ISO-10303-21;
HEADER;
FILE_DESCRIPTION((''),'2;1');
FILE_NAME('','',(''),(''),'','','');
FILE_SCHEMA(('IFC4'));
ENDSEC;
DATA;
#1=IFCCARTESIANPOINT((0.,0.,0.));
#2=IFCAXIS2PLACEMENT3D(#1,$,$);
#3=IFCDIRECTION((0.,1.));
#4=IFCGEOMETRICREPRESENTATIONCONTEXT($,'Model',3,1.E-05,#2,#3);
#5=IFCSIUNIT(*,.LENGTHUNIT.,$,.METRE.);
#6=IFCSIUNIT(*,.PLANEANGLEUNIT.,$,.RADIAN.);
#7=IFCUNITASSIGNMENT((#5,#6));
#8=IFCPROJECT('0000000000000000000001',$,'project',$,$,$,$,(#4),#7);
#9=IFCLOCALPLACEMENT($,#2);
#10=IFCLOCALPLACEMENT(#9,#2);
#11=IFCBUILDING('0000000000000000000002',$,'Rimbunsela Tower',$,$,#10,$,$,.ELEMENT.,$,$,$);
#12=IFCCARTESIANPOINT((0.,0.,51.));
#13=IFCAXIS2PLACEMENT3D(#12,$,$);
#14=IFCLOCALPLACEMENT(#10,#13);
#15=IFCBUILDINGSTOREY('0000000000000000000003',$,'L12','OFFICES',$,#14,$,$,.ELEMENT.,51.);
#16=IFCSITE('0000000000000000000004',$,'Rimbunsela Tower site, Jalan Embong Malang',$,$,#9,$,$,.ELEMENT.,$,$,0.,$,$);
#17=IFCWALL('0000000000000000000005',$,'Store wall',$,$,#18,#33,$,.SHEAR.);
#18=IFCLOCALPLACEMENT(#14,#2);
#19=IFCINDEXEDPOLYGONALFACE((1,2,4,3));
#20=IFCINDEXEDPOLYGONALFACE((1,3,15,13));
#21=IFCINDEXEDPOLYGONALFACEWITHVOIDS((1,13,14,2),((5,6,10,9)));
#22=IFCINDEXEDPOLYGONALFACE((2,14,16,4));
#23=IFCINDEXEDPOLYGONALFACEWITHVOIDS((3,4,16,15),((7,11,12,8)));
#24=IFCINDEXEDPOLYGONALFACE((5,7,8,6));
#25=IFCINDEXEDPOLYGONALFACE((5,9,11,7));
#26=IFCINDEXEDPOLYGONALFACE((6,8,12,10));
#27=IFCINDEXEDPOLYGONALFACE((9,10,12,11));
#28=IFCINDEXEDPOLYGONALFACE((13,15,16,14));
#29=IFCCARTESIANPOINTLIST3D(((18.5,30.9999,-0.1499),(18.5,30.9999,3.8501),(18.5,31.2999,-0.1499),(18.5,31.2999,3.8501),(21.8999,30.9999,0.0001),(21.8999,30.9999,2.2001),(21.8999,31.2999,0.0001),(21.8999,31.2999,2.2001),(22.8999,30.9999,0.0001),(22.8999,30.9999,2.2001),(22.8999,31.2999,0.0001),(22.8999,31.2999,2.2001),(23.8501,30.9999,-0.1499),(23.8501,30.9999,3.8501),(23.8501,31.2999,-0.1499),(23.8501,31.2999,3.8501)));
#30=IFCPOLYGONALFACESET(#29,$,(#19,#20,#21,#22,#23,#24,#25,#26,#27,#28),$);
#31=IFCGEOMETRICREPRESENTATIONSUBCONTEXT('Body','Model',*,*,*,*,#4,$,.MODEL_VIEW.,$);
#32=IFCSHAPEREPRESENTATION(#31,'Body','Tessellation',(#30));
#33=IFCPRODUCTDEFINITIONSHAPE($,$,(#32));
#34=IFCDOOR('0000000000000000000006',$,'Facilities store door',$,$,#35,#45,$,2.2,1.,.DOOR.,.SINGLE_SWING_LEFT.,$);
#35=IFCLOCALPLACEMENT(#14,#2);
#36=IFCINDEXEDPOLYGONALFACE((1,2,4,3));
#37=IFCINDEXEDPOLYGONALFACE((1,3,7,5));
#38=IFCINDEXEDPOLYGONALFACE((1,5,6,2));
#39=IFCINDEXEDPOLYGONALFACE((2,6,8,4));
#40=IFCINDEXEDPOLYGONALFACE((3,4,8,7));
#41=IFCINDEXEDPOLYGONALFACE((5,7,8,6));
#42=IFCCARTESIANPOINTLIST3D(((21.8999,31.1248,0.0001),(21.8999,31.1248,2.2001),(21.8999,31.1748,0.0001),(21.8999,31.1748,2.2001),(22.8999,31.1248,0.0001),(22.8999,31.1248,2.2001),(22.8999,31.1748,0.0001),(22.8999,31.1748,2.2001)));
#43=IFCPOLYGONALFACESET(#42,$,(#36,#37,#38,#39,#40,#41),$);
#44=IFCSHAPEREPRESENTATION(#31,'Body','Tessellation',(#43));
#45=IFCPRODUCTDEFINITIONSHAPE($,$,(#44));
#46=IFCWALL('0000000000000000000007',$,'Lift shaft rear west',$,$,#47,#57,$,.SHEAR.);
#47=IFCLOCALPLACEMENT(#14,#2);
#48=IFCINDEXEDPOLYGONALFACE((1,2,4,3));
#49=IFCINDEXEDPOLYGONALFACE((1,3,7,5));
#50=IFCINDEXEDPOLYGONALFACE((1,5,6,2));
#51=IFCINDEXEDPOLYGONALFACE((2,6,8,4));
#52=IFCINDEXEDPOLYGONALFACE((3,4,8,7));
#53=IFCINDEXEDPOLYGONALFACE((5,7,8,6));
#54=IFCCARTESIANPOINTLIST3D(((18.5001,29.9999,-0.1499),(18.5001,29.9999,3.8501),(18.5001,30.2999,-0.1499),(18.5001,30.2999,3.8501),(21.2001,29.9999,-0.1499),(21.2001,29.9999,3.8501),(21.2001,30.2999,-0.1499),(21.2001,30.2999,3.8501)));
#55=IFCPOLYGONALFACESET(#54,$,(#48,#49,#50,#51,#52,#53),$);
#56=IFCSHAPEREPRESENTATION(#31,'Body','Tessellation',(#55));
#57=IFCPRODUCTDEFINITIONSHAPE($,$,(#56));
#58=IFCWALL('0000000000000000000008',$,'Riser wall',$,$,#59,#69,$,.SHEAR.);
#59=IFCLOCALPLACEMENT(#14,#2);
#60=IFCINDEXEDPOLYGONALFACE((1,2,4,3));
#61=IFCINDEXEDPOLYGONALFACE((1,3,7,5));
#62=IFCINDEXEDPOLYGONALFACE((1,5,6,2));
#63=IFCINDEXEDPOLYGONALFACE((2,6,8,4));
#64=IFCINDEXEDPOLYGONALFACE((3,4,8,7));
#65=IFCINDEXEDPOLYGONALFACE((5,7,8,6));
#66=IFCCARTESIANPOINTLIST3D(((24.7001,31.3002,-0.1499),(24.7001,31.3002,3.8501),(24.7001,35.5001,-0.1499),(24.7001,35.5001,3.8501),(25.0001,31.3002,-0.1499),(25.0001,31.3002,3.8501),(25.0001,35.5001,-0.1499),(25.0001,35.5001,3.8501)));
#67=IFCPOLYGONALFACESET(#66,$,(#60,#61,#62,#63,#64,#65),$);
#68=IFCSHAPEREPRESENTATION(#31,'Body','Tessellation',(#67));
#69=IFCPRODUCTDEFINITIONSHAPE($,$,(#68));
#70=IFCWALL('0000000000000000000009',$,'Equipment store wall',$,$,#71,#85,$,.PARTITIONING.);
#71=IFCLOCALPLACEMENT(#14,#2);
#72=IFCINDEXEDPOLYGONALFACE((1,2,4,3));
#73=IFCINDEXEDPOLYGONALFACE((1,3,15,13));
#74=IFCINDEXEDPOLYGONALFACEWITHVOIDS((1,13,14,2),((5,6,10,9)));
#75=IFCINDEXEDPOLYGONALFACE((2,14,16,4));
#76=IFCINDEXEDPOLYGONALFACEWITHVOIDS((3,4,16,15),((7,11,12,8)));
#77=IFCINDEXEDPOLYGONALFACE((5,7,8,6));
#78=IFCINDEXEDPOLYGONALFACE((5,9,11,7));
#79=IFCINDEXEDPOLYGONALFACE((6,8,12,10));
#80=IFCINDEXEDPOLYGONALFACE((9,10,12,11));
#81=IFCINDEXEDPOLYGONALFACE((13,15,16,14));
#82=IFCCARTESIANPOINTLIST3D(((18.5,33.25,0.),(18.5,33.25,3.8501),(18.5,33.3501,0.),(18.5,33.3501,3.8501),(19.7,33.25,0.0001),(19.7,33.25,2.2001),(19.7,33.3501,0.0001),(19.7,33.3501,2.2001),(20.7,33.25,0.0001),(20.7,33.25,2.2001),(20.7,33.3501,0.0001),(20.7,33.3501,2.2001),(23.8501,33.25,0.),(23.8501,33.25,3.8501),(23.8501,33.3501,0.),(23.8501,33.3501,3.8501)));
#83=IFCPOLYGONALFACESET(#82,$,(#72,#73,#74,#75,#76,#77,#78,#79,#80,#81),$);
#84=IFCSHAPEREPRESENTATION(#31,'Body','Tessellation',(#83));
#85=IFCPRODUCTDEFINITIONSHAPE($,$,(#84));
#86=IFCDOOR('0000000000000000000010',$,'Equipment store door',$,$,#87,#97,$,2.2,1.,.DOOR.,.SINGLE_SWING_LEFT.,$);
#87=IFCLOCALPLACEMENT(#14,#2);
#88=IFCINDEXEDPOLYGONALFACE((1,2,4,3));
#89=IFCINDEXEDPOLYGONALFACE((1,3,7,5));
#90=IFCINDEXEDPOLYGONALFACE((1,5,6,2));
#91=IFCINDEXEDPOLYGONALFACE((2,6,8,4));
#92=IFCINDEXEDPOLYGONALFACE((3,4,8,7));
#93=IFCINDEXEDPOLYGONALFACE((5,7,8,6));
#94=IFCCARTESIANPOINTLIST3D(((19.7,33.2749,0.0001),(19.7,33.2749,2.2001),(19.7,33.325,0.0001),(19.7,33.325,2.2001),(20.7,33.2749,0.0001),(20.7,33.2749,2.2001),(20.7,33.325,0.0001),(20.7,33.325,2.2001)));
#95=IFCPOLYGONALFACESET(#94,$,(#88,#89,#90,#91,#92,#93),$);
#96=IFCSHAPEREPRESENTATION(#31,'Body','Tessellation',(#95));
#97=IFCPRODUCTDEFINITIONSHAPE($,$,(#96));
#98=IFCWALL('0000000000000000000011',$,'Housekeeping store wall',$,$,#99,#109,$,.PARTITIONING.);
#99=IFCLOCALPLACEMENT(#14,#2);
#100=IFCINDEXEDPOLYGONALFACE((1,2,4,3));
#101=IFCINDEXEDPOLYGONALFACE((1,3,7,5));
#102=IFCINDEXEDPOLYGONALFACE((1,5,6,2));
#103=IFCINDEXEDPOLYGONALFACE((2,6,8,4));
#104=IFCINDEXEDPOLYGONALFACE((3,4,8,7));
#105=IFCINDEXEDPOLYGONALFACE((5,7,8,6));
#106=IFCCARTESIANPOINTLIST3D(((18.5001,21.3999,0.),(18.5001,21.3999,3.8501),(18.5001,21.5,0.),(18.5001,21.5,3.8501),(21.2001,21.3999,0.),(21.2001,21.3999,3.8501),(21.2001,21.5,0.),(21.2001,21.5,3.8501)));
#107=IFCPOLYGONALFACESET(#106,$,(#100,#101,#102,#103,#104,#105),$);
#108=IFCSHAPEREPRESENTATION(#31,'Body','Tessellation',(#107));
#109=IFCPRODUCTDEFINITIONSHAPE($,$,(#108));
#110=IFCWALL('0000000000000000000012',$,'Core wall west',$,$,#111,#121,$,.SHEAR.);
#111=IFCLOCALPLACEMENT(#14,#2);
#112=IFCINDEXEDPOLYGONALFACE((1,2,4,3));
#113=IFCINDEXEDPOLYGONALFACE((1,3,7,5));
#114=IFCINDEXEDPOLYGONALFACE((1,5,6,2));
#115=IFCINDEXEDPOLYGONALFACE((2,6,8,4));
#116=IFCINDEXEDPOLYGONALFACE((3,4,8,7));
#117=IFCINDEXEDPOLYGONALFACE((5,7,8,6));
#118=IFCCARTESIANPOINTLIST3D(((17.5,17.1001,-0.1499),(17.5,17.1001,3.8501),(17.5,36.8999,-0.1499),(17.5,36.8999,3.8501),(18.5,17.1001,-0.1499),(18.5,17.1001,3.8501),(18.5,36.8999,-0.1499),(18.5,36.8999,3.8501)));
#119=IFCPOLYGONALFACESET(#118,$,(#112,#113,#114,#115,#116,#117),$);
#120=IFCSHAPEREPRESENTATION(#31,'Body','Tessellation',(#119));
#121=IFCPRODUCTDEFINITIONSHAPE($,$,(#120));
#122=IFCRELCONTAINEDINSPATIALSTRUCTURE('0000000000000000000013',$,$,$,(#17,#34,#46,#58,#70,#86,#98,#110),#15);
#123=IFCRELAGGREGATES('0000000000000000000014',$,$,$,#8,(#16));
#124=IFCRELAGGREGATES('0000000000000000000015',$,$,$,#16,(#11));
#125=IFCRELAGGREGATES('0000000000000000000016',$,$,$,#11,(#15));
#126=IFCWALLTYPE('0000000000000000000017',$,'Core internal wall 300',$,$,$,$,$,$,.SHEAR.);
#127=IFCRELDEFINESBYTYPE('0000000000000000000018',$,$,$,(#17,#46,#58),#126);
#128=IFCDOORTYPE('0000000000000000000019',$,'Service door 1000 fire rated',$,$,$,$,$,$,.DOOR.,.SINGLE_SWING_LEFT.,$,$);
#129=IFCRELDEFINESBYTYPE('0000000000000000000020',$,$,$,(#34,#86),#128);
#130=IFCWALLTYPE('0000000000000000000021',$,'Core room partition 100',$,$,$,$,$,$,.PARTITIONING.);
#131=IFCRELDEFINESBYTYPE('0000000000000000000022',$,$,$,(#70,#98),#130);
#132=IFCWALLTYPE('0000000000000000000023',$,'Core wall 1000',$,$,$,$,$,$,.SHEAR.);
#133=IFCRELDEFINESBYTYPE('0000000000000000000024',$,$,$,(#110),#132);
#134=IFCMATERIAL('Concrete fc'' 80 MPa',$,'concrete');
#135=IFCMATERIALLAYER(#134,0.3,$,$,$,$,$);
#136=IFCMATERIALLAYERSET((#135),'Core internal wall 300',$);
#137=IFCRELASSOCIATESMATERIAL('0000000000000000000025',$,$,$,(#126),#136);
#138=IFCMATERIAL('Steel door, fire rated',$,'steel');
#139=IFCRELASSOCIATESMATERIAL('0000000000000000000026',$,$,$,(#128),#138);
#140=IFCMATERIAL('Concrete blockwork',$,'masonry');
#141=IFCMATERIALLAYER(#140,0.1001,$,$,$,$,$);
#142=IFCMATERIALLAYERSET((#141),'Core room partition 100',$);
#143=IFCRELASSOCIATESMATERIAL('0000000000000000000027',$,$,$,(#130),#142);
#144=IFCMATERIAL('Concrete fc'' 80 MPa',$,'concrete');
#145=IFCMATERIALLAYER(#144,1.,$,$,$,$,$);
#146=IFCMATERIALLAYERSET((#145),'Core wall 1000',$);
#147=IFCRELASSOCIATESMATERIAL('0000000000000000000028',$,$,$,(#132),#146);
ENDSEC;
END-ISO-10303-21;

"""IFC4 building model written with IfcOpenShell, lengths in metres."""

from ifc_helpers import new_model, si_unit, direction, frame, frame_2d, origin, place, context, subcontext, project, spatial, rectangle, extrude, material, layer, layer_set, type_object, element, fill, save


model = new_model("IFC4")

# Units and contexts
model_context = context("Model", 3, precision=1e-05, world=origin(), true_north=direction((0.0, 1.0)))
body_context = subcontext(model_context, "Body", "Model", "MODEL_VIEW")
ifc_project = project(units=[si_unit("LENGTHUNIT", "METRE"), si_unit("PLANEANGLEUNIT", "RADIAN")], contexts=[model_context])

# Site, building, storey
site_placement = place(None, origin())
site = spatial("IfcSite", under=ifc_project, at=site_placement, Name="Rimbunsela Tower site, Jalan Embong Malang", CompositionType="ELEMENT", RefElevation=0.0)
building_placement = place(site_placement, origin())
building = spatial("IfcBuilding", under=site, at=building_placement, Name="Rimbunsela Tower", CompositionType="ELEMENT")
storey_placement = place(building_placement, frame((0.0, 0.0, 51.0)))
storey = spatial("IfcBuildingStorey", under=building, at=storey_placement, Name="L12", Description="OFFICES", CompositionType="ELEMENT", Elevation=51.0)

# Shared definitions
ifc_material_1 = material(Name="Concrete fc' 80 MPa", Category="concrete")
ifc_layer_1 = layer(ifc_material_1, 0.3)
ifc_layer_set_1 = layer_set([ifc_layer_1], Name="Core internal wall 300")
wall_type_1 = type_object("IfcWallType", Name="Core internal wall 300", PredefinedType="SHEAR", material=ifc_layer_set_1)

# Wall, opening, door
ifc_material_2 = material(Name="Steel door, fire rated", Category="steel")
door_type_1 = type_object("IfcDoorType", Name="Service door 1000 fire rated", OperationType="SINGLE_SWING_LEFT", PredefinedType="DOOR", material=ifc_material_2)
wall_1_placement = place(storey_placement, frame((18.5, 31.1499, -0.1499), z_axis=(0.0, 0.0, 1.0), x_axis=(1.0, 0.0, 0.0)))
wall_1 = element("IfcWall", 1, at=wall_1_placement, inside=storey, type_object=wall_type_1, Name="Store wall", PredefinedType="SHEAR", context=body_context, shape_type="SweptSolid", body=[
    extrude(rectangle(XDim=5.3501, YDim=0.3, at=frame_2d((2.675, 0.0))), origin(), (0.0, 0.0, 1.0), 4.0),
])
opening_1_placement = place(wall_1_placement, frame((3.3999, 0.0, 0.1499)))
opening_1 = element("IfcOpeningElement", 2, at=opening_1_placement, cuts=wall_1, PredefinedType="OPENING", context=body_context, shape_type="SweptSolid", body=[
    extrude(rectangle(XDim=1.0, YDim=2.2, at=frame_2d((0.5, 1.1001))), frame((0.0, 0.1599, 0.0), z_axis=(0.0, -1.0, 0.0), x_axis=(1.0, 0.0, 0.0)), (0.0, 0.0, 1.0), 0.3201),
])
door_1_placement = place(opening_1_placement, origin())
door_1 = element("IfcDoor", 3, at=door_1_placement, inside=storey, type_object=door_type_1, Name="Facilities store door", OperationType="SINGLE_SWING_LEFT", OverallHeight=2.2, OverallWidth=1.0, PredefinedType="DOOR", context=body_context, shape_type="SweptSolid", body=[
    extrude(rectangle(XDim=1.0, YDim=2.2, at=frame_2d((0.5, 1.1001))), frame((0.0, 0.0249, 0.0), z_axis=(0.0, -1.0, 0.0), x_axis=(1.0, 0.0, 0.0)), (0.0, 0.0, 1.0), 0.05),
])
fill(opening_1, door_1)

# Walls
wall_2_placement = place(storey_placement, frame((18.5, 30.1499, -0.1499), z_axis=(0.0, 0.0, 1.0), x_axis=(1.0, 0.0, 0.0)))
element("IfcWall", 4, at=wall_2_placement, inside=storey, type_object=wall_type_1, Name="Lift shaft rear west", PredefinedType="SHEAR", context=body_context, shape_type="SweptSolid", body=[
    extrude(rectangle(XDim=2.7, YDim=0.3, at=frame_2d((1.3501, 0.0))), origin(), (0.0, 0.0, 1.0), 4.0),
])
wall_3_placement = place(storey_placement, frame((24.8501, 31.3, -0.1499), z_axis=(0.0, 0.0, 1.0), x_axis=(0.0, 1.0, 0.0)))
element("IfcWall", 5, at=wall_3_placement, inside=storey, type_object=wall_type_1, Name="Riser wall", PredefinedType="SHEAR", context=body_context, shape_type="SweptSolid", body=[
    extrude(rectangle(XDim=4.2, YDim=0.3, at=frame_2d((2.1001, 0.0))), origin(), (0.0, 0.0, 1.0), 4.0),
])

# Wall, opening, door
ifc_material_3 = material(Name="Concrete blockwork", Category="masonry")
ifc_layer_2 = layer(ifc_material_3, 0.1001)
ifc_layer_set_2 = layer_set([ifc_layer_2], Name="Core room partition 100")
wall_type_2 = type_object("IfcWallType", Name="Core room partition 100", PredefinedType="PARTITIONING", material=ifc_layer_set_2)
wall_4_placement = place(storey_placement, frame((18.5, 33.3, 0.0), z_axis=(0.0, 0.0, 1.0), x_axis=(1.0, 0.0, 0.0)))
wall_4 = element("IfcWall", 6, at=wall_4_placement, inside=storey, type_object=wall_type_2, Name="Equipment store wall", PredefinedType="PARTITIONING", context=body_context, shape_type="SweptSolid", body=[
    extrude(rectangle(XDim=5.3501, YDim=0.1001, at=frame_2d((2.675, 0.0))), origin(), (0.0, 0.0, 1.0), 3.8501),
])
opening_2_placement = place(wall_4_placement, frame((1.2, 0.0, 0.0)))
opening_2 = element("IfcOpeningElement", 7, at=opening_2_placement, cuts=wall_4, PredefinedType="OPENING", context=body_context, shape_type="SweptSolid", body=[
    extrude(rectangle(XDim=1.0, YDim=2.2, at=frame_2d((0.5, 1.1001))), frame((0.0, 0.0601, 0.0), z_axis=(0.0, -1.0, 0.0), x_axis=(1.0, 0.0, 0.0)), (0.0, 0.0, 1.0), 0.1201),
])
door_2_placement = place(opening_2_placement, origin())
door_2 = element("IfcDoor", 8, at=door_2_placement, inside=storey, type_object=door_type_1, Name="Equipment store door", OperationType="SINGLE_SWING_LEFT", OverallHeight=2.2, OverallWidth=1.0, PredefinedType="DOOR", context=body_context, shape_type="SweptSolid", body=[
    extrude(rectangle(XDim=1.0, YDim=2.2, at=frame_2d((0.5, 1.1001))), frame((0.0, 0.0249, 0.0), z_axis=(0.0, -1.0, 0.0), x_axis=(1.0, 0.0, 0.0)), (0.0, 0.0, 1.0), 0.05),
])
fill(opening_2, door_2)

# Walls
wall_5_placement = place(storey_placement, frame((18.5, 21.45, 0.0), z_axis=(0.0, 0.0, 1.0), x_axis=(1.0, 0.0, 0.0)))
element("IfcWall", 9, at=wall_5_placement, inside=storey, type_object=wall_type_2, Name="Housekeeping store wall", PredefinedType="PARTITIONING", context=body_context, shape_type="SweptSolid", body=[
    extrude(rectangle(XDim=2.7, YDim=0.1001, at=frame_2d((1.3501, 0.0))), origin(), (0.0, 0.0, 1.0), 3.8501),
])
ifc_material_4 = material(Name="Concrete fc' 80 MPa", Category="concrete")
ifc_layer_3 = layer(ifc_material_4, 1.0)
ifc_layer_set_3 = layer_set([ifc_layer_3], Name="Core wall 1000")
wall_type_3 = type_object("IfcWallType", Name="Core wall 1000", PredefinedType="SHEAR", material=ifc_layer_set_3)
wall_6_placement = place(storey_placement, frame((18.0, 17.1001, -0.1499), z_axis=(0.0, 0.0, 1.0), x_axis=(0.0, 1.0, 0.0)))
element("IfcWall", 10, at=wall_6_placement, inside=storey, type_object=wall_type_3, Name="Core wall west", PredefinedType="SHEAR", context=body_context, shape_type="SweptSolid", body=[
    extrude(rectangle(XDim=19.7998, YDim=1.0, at=frame_2d((9.8999, 0.0))), origin(), (0.0, 0.0, 1.0), 4.0),
])

save(model, "model.ifc")
